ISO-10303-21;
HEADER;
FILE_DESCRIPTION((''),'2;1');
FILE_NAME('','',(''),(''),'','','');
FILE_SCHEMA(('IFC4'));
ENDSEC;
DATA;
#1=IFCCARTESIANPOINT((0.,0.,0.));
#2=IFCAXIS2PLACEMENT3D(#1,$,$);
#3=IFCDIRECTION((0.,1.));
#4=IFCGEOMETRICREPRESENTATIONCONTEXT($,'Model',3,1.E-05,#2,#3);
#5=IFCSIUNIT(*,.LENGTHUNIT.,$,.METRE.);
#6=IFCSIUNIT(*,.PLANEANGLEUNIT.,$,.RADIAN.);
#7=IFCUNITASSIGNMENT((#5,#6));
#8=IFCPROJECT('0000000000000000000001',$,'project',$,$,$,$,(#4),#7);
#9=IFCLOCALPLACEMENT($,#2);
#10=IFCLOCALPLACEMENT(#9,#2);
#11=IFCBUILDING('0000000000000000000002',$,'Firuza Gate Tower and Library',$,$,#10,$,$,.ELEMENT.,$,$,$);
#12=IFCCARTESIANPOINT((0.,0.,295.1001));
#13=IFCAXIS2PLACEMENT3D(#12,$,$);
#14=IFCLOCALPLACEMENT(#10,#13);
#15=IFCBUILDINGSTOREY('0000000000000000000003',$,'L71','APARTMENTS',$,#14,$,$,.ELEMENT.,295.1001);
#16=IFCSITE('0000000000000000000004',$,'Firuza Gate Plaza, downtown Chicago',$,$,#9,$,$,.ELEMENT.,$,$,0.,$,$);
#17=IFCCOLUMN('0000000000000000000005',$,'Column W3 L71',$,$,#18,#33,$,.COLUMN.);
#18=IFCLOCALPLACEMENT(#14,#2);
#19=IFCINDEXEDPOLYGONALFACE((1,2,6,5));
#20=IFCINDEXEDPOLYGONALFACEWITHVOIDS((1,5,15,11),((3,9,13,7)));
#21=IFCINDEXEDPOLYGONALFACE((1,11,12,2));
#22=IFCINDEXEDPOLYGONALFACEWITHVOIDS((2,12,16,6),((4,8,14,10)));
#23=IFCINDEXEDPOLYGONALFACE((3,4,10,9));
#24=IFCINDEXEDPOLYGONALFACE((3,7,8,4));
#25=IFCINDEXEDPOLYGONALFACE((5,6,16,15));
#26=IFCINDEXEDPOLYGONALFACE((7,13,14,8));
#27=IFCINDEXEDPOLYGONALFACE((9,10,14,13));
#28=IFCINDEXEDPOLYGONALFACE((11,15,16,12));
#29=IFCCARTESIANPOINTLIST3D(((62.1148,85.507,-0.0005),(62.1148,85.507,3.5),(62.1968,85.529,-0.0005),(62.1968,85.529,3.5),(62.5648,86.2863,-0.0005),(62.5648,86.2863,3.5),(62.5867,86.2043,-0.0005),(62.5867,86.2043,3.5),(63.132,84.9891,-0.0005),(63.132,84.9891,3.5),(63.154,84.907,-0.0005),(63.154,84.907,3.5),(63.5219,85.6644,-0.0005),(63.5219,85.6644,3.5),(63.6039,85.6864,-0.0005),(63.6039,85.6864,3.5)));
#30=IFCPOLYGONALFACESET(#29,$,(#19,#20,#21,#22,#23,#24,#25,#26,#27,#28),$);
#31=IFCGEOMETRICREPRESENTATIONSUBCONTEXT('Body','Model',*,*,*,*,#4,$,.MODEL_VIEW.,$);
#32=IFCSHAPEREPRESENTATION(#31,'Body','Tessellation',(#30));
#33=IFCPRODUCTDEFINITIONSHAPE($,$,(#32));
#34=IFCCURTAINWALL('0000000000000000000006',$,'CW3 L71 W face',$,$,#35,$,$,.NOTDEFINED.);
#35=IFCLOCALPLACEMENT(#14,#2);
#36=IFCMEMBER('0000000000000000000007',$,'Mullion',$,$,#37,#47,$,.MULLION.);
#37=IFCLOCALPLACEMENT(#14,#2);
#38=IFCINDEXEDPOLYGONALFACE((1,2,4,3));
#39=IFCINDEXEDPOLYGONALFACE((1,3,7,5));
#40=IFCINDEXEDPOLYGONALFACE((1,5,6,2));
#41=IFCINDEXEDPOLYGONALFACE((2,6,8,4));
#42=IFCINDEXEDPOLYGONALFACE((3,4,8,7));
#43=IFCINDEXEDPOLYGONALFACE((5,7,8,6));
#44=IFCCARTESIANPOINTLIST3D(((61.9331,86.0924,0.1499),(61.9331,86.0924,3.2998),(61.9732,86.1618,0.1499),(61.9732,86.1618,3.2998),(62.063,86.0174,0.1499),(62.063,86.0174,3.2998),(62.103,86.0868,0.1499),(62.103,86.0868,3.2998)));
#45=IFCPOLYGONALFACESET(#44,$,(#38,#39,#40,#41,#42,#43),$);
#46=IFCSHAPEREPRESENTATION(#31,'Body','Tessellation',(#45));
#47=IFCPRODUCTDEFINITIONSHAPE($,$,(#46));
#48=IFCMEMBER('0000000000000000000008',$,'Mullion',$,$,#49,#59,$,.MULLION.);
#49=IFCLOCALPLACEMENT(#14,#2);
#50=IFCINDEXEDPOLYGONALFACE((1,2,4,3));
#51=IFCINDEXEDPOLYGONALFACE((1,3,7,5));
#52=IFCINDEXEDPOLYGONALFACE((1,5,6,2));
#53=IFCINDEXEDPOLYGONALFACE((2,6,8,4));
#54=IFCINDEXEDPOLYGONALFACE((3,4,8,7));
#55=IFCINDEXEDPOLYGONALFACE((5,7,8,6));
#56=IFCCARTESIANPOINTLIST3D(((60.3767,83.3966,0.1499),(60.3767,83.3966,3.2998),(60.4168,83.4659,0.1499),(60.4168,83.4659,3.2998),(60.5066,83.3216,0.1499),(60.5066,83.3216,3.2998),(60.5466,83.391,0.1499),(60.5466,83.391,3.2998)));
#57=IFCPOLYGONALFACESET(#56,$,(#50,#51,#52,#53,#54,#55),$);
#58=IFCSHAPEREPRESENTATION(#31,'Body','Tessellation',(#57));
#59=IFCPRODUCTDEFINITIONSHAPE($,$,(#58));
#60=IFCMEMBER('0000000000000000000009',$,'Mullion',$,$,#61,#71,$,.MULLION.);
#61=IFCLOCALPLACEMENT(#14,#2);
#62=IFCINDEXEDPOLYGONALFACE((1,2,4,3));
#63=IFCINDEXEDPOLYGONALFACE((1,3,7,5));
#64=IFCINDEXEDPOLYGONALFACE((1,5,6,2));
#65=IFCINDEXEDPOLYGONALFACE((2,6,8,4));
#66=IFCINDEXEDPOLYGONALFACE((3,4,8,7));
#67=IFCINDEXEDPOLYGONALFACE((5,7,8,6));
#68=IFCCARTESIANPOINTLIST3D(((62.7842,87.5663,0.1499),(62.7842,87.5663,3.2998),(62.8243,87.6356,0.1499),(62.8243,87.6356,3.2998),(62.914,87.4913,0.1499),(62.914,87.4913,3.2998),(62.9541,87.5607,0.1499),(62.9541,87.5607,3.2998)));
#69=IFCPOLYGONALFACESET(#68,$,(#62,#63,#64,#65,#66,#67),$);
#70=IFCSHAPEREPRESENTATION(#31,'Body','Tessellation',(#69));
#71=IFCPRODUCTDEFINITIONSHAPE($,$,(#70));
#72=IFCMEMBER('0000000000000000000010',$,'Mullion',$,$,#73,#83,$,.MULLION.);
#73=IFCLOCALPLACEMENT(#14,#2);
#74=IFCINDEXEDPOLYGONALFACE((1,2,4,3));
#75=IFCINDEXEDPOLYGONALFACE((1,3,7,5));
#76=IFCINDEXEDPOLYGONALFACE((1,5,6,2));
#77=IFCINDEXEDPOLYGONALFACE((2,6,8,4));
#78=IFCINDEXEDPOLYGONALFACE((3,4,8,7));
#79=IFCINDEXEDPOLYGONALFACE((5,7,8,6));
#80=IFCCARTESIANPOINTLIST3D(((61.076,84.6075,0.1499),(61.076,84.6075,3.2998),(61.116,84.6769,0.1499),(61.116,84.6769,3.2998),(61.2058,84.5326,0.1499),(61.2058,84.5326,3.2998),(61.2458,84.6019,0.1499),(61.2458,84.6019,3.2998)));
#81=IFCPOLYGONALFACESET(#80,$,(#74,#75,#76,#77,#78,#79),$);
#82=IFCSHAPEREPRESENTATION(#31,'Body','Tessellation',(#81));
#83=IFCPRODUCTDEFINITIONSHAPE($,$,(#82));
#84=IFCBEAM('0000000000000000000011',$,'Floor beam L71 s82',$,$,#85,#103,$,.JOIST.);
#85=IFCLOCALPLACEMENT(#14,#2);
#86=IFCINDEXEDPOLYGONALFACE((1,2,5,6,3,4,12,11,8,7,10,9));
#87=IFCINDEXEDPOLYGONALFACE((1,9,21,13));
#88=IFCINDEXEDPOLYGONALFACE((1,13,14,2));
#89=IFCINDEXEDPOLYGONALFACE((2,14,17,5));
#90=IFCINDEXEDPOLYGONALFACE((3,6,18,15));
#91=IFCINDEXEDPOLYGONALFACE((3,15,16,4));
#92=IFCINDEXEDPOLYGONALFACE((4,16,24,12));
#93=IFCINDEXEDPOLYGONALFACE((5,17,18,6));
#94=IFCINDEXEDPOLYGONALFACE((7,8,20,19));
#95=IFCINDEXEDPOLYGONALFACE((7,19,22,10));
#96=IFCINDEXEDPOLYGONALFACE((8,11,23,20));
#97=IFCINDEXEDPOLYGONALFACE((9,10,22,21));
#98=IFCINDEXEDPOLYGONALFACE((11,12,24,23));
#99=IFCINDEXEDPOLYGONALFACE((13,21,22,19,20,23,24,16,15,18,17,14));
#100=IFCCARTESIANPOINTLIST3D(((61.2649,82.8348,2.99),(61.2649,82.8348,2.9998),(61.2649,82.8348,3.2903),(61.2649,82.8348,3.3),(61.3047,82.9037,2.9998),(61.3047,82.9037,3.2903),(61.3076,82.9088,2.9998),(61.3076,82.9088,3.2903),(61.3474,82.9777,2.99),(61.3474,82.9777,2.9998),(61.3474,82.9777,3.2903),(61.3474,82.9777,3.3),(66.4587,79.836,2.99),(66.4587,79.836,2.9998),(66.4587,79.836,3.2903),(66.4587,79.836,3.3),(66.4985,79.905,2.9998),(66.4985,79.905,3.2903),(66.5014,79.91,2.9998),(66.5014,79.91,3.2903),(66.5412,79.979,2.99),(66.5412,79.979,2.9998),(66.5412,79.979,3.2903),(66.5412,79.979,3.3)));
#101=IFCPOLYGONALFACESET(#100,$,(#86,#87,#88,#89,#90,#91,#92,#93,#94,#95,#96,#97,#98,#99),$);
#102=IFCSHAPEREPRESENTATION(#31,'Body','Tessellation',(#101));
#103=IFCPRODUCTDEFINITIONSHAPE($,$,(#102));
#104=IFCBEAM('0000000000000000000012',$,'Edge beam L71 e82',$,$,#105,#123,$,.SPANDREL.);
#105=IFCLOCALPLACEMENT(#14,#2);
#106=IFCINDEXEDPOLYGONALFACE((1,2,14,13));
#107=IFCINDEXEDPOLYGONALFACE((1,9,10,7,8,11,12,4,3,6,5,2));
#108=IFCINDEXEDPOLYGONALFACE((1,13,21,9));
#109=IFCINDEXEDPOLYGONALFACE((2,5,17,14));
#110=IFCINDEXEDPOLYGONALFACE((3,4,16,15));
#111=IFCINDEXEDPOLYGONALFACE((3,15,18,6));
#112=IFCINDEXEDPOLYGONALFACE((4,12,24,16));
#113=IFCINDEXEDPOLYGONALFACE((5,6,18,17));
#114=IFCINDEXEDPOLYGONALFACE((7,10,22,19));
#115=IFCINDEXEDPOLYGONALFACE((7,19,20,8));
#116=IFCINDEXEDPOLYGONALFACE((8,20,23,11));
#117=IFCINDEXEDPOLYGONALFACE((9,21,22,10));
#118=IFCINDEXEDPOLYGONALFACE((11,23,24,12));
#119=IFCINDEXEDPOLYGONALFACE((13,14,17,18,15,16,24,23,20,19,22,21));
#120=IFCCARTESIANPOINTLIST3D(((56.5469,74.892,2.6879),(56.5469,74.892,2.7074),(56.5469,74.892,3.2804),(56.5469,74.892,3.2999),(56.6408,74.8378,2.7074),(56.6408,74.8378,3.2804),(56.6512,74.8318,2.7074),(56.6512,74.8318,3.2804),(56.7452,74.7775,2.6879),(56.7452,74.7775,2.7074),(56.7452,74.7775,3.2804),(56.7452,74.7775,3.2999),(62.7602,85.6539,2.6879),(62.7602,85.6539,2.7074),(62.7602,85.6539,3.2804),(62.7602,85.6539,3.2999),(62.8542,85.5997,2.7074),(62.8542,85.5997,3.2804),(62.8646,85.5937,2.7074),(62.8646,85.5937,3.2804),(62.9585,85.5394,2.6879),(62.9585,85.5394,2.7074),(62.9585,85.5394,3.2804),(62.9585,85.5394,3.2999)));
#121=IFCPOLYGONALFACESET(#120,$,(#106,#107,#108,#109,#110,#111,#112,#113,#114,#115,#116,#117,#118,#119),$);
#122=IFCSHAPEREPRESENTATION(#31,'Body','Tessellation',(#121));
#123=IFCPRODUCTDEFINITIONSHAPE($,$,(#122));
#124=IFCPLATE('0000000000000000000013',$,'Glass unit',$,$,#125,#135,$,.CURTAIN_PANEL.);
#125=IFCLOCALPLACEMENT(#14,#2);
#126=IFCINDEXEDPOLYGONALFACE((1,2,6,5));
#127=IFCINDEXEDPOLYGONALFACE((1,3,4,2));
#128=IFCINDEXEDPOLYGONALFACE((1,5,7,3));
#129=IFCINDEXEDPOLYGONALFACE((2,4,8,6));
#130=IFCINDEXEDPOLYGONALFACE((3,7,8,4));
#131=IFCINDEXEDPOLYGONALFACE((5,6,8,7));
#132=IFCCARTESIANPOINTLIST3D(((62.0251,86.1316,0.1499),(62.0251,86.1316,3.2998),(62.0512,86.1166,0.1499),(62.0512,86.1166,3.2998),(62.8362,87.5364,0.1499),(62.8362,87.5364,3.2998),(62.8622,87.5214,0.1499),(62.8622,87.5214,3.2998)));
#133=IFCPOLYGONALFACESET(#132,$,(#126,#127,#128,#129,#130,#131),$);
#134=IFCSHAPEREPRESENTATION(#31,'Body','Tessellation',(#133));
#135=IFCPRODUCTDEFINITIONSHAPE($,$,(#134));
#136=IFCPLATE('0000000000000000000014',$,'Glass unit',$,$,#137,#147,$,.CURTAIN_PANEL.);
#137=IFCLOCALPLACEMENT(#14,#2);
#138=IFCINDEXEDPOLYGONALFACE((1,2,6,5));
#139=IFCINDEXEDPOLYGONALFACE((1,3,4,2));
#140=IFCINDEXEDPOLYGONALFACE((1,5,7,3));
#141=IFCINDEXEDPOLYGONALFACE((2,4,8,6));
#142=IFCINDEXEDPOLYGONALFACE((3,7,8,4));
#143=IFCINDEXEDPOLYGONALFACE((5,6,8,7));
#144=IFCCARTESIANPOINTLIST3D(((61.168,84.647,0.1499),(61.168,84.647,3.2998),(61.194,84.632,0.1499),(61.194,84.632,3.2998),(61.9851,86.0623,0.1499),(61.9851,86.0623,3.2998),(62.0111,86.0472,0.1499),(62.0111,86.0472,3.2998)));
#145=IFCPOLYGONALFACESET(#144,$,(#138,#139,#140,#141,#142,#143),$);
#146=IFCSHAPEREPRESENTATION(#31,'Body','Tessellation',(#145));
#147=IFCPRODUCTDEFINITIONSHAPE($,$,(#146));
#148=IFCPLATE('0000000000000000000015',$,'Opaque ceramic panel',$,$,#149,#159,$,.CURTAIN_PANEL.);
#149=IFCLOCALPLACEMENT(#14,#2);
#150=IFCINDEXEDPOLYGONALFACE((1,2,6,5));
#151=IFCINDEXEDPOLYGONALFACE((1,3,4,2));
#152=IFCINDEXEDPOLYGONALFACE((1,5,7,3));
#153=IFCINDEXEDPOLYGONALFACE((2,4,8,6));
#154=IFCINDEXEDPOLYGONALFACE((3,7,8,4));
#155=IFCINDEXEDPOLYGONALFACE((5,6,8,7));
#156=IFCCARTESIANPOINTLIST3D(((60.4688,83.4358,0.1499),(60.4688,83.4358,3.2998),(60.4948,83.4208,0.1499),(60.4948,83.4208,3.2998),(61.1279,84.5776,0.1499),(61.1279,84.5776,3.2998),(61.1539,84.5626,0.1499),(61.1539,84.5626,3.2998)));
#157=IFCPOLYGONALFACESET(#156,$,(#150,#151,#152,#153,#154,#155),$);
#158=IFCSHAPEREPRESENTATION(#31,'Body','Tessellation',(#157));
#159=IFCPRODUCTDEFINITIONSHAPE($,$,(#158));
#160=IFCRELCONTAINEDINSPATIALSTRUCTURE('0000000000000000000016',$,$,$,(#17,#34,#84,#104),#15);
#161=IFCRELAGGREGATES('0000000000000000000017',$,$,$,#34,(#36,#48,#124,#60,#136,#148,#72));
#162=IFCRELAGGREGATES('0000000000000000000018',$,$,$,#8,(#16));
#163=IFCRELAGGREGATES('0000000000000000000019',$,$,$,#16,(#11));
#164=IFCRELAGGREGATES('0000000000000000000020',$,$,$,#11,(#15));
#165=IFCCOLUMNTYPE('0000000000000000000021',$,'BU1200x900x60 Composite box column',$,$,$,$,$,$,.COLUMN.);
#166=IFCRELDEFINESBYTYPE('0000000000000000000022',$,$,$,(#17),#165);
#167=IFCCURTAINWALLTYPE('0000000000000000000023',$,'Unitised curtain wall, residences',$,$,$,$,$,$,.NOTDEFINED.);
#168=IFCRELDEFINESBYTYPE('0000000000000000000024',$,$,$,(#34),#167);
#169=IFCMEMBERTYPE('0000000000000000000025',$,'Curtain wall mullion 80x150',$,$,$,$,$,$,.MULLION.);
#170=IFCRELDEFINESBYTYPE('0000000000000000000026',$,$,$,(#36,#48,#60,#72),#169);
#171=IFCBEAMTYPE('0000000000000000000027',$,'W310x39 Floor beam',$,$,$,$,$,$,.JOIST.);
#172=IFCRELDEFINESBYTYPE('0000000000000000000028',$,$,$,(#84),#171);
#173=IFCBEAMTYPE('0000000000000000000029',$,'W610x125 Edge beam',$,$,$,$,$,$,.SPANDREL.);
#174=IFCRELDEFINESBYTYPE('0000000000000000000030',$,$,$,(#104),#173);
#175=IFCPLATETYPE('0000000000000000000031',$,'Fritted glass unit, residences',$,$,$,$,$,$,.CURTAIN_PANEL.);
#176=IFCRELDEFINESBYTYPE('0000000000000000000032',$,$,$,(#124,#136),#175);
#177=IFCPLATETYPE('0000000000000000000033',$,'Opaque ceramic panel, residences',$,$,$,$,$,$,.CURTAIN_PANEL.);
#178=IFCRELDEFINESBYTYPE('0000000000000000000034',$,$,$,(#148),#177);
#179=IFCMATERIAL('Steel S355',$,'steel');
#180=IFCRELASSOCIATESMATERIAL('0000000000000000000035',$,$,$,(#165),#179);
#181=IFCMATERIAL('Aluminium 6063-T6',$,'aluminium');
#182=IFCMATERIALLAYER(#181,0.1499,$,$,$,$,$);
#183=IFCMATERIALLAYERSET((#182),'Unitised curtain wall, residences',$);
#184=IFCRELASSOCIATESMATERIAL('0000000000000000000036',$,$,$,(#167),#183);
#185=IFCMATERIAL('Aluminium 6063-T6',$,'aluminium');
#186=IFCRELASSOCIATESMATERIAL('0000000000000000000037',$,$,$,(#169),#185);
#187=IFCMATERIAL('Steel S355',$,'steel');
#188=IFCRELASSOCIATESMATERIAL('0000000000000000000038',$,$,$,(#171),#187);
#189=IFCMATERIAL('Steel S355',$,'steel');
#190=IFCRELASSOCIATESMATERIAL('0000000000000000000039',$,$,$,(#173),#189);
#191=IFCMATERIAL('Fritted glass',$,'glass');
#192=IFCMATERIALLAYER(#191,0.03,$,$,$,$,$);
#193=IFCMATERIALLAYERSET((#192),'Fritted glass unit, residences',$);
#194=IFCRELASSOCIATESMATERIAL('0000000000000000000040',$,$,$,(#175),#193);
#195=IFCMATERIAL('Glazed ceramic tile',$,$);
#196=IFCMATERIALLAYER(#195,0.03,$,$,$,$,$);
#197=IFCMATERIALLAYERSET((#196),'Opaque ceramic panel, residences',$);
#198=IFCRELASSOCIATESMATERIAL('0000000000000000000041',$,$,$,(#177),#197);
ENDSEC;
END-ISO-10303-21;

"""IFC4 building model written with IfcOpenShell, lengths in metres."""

from ifc_helpers import new_model, si_unit, direction, frame, origin, origin_2d, place, context, subcontext, project, spatial, polyline, rectangle, hollow_rectangle, i_section, outline, extrude, material, layer, layer_set, material_profile, profile_set, type_object, element, aggregate, save


model = new_model("IFC4")

# Units and contexts
model_context = context("Model", 3, precision=1e-05, world=origin(), true_north=direction((0.0, 1.0)))
body_context = subcontext(model_context, "Body", "Model", "MODEL_VIEW")
ifc_project = project(units=[si_unit("LENGTHUNIT", "METRE"), si_unit("PLANEANGLEUNIT", "RADIAN")], contexts=[model_context])

# Site, building, storey
site_placement = place(None, origin())
site = spatial("IfcSite", under=ifc_project, at=site_placement, Name="Firuza Gate Plaza, downtown Chicago", CompositionType="ELEMENT", RefElevation=0.0)
building_placement = place(site_placement, origin())
building = spatial("IfcBuilding", under=site, at=building_placement, Name="Firuza Gate Tower and Library", CompositionType="ELEMENT")
storey_placement = place(building_placement, frame((0.0, 0.0, 295.1001)))
storey = spatial("IfcBuildingStorey", under=building, at=storey_placement, Name="L71", Description="APARTMENTS", CompositionType="ELEMENT", Elevation=295.1001)

# Column
ifc_material_1 = material(Name="Steel S355", Category="steel")
ifc_material_profile_1 = material_profile(ifc_material_1, hollow_rectangle(XDim=0.8999, YDim=1.2, WallThickness=0.0601, at=origin_2d()))
ifc_profile_set_1 = profile_set([ifc_material_profile_1], Name="Steel S355")
column_type = type_object("IfcColumnType", Name="BU1200x900x60 Composite box column", PredefinedType="COLUMN", material=ifc_profile_set_1)
column_placement = place(storey_placement, frame((62.8594, 85.5967, -0.0005), z_axis=(0.0, 0.0, 1.0), x_axis=(-0.5, -0.866025, 0.0)))
element("IfcColumn", 1, at=column_placement, inside=storey, type_object=column_type, Name="Column W3 L71", PredefinedType="COLUMN", context=body_context, shape_type="SweptSolid", body=[
    extrude(hollow_rectangle(XDim=0.8999, YDim=1.2, WallThickness=0.0601, at=origin_2d()), origin(), (0.0, 0.0, 1.0), 3.5005),
])

# Curtain wall, members
ifc_material_2 = material(Name="Aluminium 6063-T6", Category="aluminium")
ifc_layer_1 = layer(ifc_material_2, 0.1499)
ifc_layer_set_1 = layer_set([ifc_layer_1], Name="Unitised curtain wall, residences")
curtain_wall_type = type_object("IfcCurtainWallType", Name="Unitised curtain wall, residences", PredefinedType="NOTDEFINED", material=ifc_layer_set_1)
curtain_wall_placement = place(storey_placement, origin())
curtain_wall = element("IfcCurtainWall", 2, at=curtain_wall_placement, inside=storey, type_object=curtain_wall_type, Name="CW3 L71 W face", PredefinedType="NOTDEFINED")
ifc_material_3 = material(Name="Aluminium 6063-T6", Category="aluminium")
ifc_material_profile_2 = material_profile(ifc_material_3, rectangle(XDim=0.1499, YDim=0.0801, at=origin_2d()))
ifc_profile_set_2 = profile_set([ifc_material_profile_2], Name="Aluminium 6063-T6")
member_type = type_object("IfcMemberType", Name="Curtain wall mullion 80x150", PredefinedType="MULLION", material=ifc_profile_set_2)
member_1_placement = place(storey_placement, frame((62.0181, 86.0896, 0.1499), z_axis=(0.0, 0.0, 1.0), x_axis=(0.866025, -0.5, 0.0)))
member_1 = element("IfcMember", 3, at=member_1_placement, type_object=member_type, Name="Mullion", PredefinedType="MULLION", context=body_context, shape_type="SweptSolid", body=[
    extrude(rectangle(XDim=0.1499, YDim=0.0801, at=origin_2d()), origin(), (0.0, 0.0, 1.0), 3.1499),
])
member_2_placement = place(storey_placement, frame((60.4617, 83.3938, 0.1499), z_axis=(0.0, 0.0, 1.0), x_axis=(0.866025, -0.5, 0.0)))
member_2 = element("IfcMember", 4, at=member_2_placement, type_object=member_type, Name="Mullion", PredefinedType="MULLION", context=body_context, shape_type="SweptSolid", body=[
    extrude(rectangle(XDim=0.1499, YDim=0.0801, at=origin_2d()), origin(), (0.0, 0.0, 1.0), 3.1499),
])
member_3_placement = place(storey_placement, frame((62.8691, 87.5635, 0.1499), z_axis=(0.0, 0.0, 1.0), x_axis=(0.866025, -0.5, 0.0)))
member_3 = element("IfcMember", 5, at=member_3_placement, type_object=member_type, Name="Mullion", PredefinedType="MULLION", context=body_context, shape_type="SweptSolid", body=[
    extrude(rectangle(XDim=0.1499, YDim=0.0801, at=origin_2d()), origin(), (0.0, 0.0, 1.0), 3.1499),
])
member_4_placement = place(storey_placement, frame((61.1609, 84.6047, 0.1499), z_axis=(0.0, 0.0, 1.0), x_axis=(0.866025, -0.5, 0.0)))
member_4 = element("IfcMember", 6, at=member_4_placement, type_object=member_type, Name="Mullion", PredefinedType="MULLION", context=body_context, shape_type="SweptSolid", body=[
    extrude(rectangle(XDim=0.1499, YDim=0.0801, at=origin_2d()), origin(), (0.0, 0.0, 1.0), 3.1499),
])

# Beams
ifc_material_4 = material(Name="Steel S355", Category="steel")
ifc_material_profile_3 = material_profile(ifc_material_4, i_section(OverallWidth=0.165, OverallDepth=0.3101, WebThickness=0.0059, FlangeThickness=0.0098, at=origin_2d()))
ifc_profile_set_3 = profile_set([ifc_material_profile_3], Name="Steel S355")
beam_type_1 = type_object("IfcBeamType", Name="W310x39 Floor beam", PredefinedType="JOIST", material=ifc_profile_set_3)
beam_1_placement = place(storey_placement, frame((61.3062, 82.9062, 3.145), z_axis=(0.866017, -0.500014, 0.0), x_axis=(0.500014, 0.866017, 0.0)))
element("IfcBeam", 7, at=beam_1_placement, inside=storey, type_object=beam_type_1, Name="Floor beam L71 s82", PredefinedType="JOIST", context=body_context, shape_type="SweptSolid", body=[
    extrude(i_section(OverallWidth=0.165, OverallDepth=0.3101, WebThickness=0.0059, FlangeThickness=0.0098, at=origin_2d()), origin(), (0.0, 0.0, 1.0), 5.9973),
])
ifc_material_5 = material(Name="Steel S355", Category="steel")
ifc_material_profile_4 = material_profile(ifc_material_5, i_section(OverallWidth=0.229, OverallDepth=0.6121, WebThickness=0.012, FlangeThickness=0.0195, at=origin_2d()))
ifc_profile_set_4 = profile_set([ifc_material_profile_4], Name="Steel S355")
beam_type_2 = type_object("IfcBeamType", Name="W610x125 Edge beam", PredefinedType="SPANDREL", material=ifc_profile_set_4)
beam_2_placement = place(storey_placement, frame((62.8594, 85.5967, 2.9939), z_axis=(-0.499997, -0.866027, 0.0), x_axis=(0.866027, -0.499997, 0.0)))
element("IfcBeam", 8, at=beam_2_placement, inside=storey, type_object=beam_type_2, Name="Edge beam L71 e82", PredefinedType="SPANDREL", context=body_context, shape_type="SweptSolid", body=[
    extrude(i_section(OverallWidth=0.229, OverallDepth=0.6121, WebThickness=0.012, FlangeThickness=0.0195, at=origin_2d()), origin(), (0.0, 0.0, 1.0), 12.4268),
])

# Plates
ifc_material_6 = material(Name="Fritted glass", Category="glass")
ifc_layer_2 = layer(ifc_material_6, 0.03)
ifc_layer_set_2 = layer_set([ifc_layer_2], Name="Fritted glass unit, residences")
plate_type_1 = type_object("IfcPlateType", Name="Fritted glass unit, residences", PredefinedType="CURTAIN_PANEL", material=ifc_layer_set_2)
plate_1_placement = place(storey_placement, frame((62.8362, 87.5364, 0.1499), z_axis=(-0.86603, 0.499992, 0.0), x_axis=(-0.499992, -0.86603, 0.0)))
plate_1 = element("IfcPlate", 9, at=plate_1_placement, type_object=plate_type_1, Name="Glass unit", PredefinedType="CURTAIN_PANEL", context=body_context, shape_type="SweptSolid", body=[
    extrude(outline(polyline([(0.0, 0.0), (1.6221, 0.0), (1.6221, 3.1499), (0.0, 3.1499), (0.0, 0.0)])), origin(), (0.0, 0.0, -1.0), 0.03),
])
plate_2_placement = place(storey_placement, frame((61.9851, 86.0623, 0.1499), z_axis=(-0.866019, 0.500011, 0.0), x_axis=(-0.500011, -0.866019, 0.0)))
plate_2 = element("IfcPlate", 10, at=plate_2_placement, type_object=plate_type_1, Name="Glass unit", PredefinedType="CURTAIN_PANEL", context=body_context, shape_type="SweptSolid", body=[
    extrude(outline(polyline([(0.0, 0.0), (1.6342, 0.0), (1.6342, 3.1499), (0.0, 3.1499), (0.0, 0.0)])), origin(), (0.0, 0.0, -1.0), 0.03),
])
ifc_material_7 = material(Name="Glazed ceramic tile")
ifc_layer_3 = layer(ifc_material_7, 0.03)
ifc_layer_set_3 = layer_set([ifc_layer_3], Name="Opaque ceramic panel, residences")
plate_type_2 = type_object("IfcPlateType", Name="Opaque ceramic panel, residences", PredefinedType="CURTAIN_PANEL", material=ifc_layer_set_3)
plate_3_placement = place(storey_placement, frame((61.1279, 84.5776, 0.1499), z_axis=(-0.866047, 0.499963, 0.0), x_axis=(-0.499963, -0.866047, 0.0)))
plate_3 = element("IfcPlate", 11, at=plate_3_placement, type_object=plate_type_2, Name="Opaque ceramic panel", PredefinedType="CURTAIN_PANEL", context=body_context, shape_type="SweptSolid", body=[
    extrude(outline(polyline([(0.0, 0.0), (1.3185, 0.0), (1.3185, 3.1499), (0.0, 3.1499), (0.0, 0.0)])), origin(), (0.0, 0.0, -1.0), 0.03),
])
aggregate(curtain_wall, [member_1, member_2, plate_1, member_3, plate_2, plate_3, member_4])

save(model, "model.ifc")
